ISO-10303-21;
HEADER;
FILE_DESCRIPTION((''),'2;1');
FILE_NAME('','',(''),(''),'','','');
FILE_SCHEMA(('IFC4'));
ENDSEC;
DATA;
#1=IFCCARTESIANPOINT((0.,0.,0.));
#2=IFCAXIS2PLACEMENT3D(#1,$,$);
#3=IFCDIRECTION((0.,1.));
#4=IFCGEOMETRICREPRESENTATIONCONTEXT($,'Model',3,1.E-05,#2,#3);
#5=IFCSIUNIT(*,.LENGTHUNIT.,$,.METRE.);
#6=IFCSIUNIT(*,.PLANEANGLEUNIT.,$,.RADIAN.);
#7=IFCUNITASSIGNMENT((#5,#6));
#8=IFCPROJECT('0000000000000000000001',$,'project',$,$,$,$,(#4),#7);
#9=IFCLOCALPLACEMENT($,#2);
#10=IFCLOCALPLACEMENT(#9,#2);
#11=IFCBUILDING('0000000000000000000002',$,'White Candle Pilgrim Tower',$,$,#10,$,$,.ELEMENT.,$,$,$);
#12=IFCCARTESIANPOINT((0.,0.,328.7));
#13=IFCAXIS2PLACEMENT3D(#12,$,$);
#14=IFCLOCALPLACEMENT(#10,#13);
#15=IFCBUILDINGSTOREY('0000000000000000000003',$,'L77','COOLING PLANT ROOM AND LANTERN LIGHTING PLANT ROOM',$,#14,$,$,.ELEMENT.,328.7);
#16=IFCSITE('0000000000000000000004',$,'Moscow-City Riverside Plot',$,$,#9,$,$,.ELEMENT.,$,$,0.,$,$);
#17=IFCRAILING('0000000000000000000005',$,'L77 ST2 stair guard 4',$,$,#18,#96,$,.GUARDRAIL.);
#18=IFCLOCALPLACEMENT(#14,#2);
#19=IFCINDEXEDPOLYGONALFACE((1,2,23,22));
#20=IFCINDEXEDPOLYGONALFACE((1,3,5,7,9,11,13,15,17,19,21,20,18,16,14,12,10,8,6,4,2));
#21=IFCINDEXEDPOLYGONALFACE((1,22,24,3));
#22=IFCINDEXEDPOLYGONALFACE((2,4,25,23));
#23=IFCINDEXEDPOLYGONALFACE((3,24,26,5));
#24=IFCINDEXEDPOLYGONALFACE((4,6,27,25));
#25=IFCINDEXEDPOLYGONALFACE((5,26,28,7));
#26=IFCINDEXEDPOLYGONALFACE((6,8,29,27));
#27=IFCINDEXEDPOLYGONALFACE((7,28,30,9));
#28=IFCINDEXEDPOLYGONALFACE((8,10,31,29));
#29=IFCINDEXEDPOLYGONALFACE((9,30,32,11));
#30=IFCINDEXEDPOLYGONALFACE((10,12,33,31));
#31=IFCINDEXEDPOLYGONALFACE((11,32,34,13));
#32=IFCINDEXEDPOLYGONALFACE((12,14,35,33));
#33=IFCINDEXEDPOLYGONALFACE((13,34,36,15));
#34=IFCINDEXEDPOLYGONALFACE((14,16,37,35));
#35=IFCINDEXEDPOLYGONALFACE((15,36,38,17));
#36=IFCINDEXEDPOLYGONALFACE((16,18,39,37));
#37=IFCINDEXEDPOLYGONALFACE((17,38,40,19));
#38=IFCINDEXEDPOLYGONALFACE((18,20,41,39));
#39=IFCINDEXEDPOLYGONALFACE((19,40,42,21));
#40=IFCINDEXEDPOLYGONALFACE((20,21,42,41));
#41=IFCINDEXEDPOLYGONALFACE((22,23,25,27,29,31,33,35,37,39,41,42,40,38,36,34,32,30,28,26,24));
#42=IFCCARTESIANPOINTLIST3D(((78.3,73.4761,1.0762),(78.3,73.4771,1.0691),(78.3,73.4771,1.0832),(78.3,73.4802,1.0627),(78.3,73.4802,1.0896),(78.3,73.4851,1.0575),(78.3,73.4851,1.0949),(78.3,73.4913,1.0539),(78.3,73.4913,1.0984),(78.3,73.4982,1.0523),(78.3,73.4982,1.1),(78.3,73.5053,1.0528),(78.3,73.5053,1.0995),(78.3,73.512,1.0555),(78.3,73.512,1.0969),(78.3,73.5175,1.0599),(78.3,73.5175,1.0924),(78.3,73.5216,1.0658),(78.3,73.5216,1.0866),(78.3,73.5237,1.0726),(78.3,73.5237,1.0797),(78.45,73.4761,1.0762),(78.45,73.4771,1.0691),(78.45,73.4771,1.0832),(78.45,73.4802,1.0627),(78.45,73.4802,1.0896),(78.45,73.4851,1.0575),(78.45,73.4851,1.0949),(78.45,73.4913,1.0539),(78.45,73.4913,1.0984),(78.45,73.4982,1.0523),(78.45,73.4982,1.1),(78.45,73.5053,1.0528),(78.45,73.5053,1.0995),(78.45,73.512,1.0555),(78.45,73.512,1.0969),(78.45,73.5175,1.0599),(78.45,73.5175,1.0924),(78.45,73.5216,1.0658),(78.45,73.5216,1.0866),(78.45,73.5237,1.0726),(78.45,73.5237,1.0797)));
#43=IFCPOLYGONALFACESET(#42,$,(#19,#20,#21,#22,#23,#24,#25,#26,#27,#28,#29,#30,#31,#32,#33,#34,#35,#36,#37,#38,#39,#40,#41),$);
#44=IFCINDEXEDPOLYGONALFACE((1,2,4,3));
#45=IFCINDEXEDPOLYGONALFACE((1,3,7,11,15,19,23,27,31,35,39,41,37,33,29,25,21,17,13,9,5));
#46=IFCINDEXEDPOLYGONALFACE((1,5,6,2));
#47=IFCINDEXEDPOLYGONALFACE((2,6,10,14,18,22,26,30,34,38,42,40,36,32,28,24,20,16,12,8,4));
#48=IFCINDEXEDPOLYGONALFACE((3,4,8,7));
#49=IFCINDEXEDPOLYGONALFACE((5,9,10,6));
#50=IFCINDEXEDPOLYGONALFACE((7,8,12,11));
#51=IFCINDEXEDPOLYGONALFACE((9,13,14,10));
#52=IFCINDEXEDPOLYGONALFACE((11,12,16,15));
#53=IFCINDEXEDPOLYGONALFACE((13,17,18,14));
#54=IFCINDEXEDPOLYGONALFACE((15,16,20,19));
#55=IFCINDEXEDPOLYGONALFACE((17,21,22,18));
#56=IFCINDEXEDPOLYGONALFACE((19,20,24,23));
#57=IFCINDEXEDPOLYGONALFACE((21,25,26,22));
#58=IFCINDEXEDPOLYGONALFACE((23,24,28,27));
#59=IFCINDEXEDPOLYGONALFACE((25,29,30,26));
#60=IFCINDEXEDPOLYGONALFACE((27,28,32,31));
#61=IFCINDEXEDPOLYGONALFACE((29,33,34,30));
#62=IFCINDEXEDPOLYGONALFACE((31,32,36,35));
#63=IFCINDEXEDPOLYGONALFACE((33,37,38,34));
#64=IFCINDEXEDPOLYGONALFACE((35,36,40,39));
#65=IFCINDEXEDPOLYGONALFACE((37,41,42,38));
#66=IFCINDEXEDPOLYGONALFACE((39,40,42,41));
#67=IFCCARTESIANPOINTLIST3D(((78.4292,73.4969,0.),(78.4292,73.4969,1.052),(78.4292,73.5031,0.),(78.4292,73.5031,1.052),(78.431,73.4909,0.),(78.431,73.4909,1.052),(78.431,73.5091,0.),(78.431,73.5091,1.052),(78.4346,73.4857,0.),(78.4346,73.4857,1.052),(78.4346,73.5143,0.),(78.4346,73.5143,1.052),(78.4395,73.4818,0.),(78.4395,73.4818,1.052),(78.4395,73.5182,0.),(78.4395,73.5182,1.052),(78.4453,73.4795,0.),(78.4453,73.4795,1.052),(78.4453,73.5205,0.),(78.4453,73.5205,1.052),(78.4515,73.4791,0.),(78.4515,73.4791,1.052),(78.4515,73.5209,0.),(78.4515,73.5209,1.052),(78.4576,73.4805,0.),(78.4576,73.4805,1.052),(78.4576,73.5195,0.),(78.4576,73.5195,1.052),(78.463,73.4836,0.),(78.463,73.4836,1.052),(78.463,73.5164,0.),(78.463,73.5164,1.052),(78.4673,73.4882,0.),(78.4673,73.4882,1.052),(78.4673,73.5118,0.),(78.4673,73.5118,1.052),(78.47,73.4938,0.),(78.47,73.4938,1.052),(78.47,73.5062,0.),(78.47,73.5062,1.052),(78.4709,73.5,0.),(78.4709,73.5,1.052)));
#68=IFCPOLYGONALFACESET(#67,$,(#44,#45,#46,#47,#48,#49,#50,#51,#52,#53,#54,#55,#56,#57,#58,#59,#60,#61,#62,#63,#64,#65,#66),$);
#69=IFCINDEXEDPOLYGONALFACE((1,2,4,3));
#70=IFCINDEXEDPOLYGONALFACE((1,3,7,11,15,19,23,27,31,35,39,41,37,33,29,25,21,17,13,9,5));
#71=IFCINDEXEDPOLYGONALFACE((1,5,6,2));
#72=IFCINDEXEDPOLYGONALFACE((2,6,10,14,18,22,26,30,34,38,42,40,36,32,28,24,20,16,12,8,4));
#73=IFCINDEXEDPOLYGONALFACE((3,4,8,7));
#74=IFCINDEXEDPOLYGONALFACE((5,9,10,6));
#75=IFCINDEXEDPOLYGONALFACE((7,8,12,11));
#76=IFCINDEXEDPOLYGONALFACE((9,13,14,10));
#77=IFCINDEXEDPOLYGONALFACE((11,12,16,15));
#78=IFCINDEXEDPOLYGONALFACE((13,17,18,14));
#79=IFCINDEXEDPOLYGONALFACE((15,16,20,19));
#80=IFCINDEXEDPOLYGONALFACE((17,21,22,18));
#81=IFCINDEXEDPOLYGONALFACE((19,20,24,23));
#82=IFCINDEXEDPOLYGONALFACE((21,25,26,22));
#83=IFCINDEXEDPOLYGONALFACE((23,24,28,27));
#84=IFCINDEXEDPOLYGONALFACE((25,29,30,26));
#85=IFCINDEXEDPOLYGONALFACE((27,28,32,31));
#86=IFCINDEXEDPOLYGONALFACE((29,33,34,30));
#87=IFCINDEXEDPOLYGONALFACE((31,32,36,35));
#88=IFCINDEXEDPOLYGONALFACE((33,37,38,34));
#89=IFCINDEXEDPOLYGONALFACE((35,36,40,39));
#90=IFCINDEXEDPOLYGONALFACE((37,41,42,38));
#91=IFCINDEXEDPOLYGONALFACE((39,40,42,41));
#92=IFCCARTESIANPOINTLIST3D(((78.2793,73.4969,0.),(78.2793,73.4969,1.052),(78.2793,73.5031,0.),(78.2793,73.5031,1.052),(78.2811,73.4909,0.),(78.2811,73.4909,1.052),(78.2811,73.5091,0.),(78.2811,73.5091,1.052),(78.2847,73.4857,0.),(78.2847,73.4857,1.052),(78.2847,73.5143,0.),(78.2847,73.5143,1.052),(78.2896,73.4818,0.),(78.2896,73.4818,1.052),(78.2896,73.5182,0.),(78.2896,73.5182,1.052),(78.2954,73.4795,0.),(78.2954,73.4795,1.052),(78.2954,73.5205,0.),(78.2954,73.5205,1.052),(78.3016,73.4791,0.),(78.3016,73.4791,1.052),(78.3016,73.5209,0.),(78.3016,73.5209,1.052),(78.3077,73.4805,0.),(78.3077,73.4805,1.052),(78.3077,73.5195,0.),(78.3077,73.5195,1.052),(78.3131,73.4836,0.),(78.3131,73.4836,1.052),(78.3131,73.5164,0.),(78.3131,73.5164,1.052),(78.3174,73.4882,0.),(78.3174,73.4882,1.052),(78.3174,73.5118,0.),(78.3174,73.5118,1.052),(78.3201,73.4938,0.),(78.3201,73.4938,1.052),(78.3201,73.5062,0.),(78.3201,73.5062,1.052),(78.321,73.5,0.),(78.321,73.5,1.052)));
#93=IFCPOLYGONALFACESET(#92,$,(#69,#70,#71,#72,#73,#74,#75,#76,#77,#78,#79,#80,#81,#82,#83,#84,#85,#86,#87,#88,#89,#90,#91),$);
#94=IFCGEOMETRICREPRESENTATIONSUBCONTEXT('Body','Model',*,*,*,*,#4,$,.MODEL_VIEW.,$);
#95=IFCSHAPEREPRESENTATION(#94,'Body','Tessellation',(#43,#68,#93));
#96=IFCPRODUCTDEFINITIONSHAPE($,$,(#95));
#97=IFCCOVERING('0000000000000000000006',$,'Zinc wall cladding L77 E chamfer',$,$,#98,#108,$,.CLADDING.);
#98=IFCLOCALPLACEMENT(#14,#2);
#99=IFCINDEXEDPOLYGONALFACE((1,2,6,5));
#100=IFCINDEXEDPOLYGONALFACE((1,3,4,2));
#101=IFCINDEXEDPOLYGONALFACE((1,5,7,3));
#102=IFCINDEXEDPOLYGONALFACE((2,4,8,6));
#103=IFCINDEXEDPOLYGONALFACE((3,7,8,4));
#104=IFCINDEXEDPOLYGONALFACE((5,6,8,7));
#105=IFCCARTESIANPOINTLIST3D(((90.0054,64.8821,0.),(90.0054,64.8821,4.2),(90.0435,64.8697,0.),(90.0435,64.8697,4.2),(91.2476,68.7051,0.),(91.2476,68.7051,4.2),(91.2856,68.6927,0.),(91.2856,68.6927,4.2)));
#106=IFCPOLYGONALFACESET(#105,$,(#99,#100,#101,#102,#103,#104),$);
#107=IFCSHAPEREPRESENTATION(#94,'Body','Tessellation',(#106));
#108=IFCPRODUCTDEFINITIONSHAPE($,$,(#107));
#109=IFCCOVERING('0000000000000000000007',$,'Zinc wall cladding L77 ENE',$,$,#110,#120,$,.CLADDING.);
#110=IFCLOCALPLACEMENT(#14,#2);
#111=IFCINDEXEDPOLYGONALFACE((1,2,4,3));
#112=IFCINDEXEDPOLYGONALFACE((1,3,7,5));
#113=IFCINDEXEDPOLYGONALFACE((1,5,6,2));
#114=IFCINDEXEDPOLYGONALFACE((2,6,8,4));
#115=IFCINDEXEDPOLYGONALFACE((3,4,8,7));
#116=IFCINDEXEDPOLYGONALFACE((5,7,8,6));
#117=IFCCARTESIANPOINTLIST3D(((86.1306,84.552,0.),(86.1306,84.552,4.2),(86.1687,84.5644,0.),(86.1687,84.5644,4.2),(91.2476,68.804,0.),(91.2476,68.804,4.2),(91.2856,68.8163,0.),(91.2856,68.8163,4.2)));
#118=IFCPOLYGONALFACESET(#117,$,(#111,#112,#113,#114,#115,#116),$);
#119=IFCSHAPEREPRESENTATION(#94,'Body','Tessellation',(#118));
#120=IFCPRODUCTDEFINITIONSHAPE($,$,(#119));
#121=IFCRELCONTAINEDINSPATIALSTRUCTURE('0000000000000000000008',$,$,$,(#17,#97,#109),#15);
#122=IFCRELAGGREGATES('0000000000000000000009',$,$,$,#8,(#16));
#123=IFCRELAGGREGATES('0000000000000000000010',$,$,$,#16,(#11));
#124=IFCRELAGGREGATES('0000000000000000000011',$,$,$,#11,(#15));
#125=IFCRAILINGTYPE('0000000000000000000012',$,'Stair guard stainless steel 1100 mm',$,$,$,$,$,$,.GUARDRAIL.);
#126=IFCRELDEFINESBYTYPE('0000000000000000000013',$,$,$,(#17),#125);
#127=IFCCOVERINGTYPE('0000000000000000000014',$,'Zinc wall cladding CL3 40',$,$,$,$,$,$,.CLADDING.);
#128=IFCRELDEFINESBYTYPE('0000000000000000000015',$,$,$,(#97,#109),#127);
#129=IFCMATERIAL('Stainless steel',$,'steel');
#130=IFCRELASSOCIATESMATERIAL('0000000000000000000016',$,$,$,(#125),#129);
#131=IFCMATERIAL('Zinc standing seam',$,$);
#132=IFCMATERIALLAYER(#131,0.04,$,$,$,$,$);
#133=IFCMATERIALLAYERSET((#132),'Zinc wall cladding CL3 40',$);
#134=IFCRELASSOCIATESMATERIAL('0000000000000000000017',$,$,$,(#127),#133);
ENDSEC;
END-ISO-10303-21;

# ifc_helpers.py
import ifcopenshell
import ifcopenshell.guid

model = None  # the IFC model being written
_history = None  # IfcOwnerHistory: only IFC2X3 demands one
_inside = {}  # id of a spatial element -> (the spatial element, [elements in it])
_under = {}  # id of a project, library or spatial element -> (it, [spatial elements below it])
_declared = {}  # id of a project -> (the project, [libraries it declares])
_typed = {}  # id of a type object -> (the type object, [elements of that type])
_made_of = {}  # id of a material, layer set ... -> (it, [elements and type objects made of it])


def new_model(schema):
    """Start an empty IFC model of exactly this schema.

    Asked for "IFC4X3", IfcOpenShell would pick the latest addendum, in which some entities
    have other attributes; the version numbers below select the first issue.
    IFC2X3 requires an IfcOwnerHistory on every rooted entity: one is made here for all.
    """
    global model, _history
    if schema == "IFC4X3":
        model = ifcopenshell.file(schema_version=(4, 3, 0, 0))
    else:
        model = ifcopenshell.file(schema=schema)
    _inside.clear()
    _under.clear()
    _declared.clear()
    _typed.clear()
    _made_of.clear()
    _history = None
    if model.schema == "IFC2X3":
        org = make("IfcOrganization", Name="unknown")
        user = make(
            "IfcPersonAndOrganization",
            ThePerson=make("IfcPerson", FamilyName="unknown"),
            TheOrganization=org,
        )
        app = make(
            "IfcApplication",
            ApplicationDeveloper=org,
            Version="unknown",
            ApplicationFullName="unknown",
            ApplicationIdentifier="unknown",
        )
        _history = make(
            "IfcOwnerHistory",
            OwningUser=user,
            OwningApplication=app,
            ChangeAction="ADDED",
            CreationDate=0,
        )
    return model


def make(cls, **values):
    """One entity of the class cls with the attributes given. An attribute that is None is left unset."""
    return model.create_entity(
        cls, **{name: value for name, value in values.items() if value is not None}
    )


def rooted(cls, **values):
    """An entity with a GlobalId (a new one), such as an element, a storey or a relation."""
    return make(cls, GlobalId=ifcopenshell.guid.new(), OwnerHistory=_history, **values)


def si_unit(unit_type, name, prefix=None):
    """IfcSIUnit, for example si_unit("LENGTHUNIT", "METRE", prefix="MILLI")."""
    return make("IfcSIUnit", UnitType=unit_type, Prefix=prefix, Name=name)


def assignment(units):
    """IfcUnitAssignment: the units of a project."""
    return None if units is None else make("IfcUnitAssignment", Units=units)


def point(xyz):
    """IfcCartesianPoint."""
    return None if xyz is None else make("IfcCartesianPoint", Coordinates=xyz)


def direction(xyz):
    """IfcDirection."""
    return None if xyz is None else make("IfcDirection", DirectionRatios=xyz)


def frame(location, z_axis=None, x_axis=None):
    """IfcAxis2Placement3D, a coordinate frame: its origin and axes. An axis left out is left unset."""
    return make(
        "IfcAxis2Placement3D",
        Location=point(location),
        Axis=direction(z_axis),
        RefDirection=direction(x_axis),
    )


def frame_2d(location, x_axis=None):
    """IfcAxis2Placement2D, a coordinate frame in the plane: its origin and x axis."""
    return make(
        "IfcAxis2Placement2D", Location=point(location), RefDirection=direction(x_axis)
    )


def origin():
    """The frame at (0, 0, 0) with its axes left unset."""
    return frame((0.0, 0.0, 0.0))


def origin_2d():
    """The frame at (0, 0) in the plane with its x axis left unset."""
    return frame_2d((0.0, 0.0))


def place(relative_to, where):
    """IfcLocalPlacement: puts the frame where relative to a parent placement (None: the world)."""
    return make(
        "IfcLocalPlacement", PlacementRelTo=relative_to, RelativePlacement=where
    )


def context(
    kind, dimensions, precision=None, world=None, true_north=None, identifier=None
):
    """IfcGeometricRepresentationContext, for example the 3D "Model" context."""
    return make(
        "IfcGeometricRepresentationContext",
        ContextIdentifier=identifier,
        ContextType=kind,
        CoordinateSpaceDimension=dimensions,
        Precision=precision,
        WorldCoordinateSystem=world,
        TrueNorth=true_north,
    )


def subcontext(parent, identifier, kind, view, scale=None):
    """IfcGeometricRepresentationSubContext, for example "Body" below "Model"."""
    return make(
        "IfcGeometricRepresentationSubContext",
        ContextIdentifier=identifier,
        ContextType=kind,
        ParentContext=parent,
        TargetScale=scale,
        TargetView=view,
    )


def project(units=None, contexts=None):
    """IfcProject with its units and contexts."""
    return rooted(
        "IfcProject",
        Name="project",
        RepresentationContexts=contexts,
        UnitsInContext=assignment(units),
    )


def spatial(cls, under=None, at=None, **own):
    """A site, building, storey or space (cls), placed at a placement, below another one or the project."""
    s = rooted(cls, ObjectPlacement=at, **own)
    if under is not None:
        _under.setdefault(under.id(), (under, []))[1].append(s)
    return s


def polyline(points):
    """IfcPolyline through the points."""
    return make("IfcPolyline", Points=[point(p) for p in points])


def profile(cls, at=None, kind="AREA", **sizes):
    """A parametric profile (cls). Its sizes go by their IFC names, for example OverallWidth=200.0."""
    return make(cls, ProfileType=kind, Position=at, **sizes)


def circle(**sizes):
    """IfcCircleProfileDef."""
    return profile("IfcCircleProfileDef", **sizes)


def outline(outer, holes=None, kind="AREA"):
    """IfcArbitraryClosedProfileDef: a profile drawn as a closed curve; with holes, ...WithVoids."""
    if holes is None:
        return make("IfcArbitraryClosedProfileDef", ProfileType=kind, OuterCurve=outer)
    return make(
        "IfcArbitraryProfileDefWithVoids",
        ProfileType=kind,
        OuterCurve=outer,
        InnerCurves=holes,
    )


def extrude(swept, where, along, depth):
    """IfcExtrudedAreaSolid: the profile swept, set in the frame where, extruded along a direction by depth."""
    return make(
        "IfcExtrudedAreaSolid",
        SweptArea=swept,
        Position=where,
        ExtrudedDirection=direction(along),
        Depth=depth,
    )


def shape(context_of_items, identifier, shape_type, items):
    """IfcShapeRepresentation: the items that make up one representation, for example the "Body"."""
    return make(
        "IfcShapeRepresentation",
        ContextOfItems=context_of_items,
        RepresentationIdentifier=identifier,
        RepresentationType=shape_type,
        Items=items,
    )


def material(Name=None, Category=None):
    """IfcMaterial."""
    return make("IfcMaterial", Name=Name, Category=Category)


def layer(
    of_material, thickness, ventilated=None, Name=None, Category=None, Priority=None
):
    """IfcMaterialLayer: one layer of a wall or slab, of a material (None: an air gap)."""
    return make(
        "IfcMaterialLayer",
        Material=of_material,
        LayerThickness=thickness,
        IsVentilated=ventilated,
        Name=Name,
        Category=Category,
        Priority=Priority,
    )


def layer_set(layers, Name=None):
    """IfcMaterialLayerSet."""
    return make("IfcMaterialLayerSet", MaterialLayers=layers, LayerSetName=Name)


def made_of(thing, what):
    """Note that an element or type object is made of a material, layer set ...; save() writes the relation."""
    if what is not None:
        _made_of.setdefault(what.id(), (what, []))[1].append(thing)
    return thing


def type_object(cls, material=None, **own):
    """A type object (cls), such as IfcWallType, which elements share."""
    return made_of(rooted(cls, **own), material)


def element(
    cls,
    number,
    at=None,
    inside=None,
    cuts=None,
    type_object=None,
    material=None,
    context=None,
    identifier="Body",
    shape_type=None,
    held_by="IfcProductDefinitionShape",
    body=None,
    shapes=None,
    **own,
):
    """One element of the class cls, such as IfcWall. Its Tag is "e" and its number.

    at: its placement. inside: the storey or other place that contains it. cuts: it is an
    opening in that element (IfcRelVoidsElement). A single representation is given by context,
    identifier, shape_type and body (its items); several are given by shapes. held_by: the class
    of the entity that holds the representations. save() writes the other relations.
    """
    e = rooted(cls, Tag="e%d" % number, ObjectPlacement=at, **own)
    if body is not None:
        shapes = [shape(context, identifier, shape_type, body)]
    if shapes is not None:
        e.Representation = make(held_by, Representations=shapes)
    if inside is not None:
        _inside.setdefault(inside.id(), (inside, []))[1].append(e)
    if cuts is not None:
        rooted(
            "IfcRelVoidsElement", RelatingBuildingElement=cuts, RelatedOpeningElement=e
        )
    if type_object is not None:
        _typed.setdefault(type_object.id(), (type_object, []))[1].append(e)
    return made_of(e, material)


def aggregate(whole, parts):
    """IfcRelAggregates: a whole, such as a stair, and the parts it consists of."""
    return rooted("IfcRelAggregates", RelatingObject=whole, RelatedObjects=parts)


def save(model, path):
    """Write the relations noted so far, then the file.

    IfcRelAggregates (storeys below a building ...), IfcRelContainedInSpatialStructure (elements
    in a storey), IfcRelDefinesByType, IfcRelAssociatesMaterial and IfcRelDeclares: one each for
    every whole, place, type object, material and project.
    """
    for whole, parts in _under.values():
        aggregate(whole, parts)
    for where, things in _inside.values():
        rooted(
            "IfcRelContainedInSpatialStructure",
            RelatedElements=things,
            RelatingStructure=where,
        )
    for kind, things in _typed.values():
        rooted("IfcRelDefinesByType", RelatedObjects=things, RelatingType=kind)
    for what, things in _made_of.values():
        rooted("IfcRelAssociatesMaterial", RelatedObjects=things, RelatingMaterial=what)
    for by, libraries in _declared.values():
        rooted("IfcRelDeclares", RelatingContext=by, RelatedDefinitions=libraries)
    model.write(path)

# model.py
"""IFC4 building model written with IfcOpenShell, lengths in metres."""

from ifc_helpers import new_model, si_unit, direction, frame, origin, origin_2d, place, context, subcontext, project, spatial, polyline, circle, outline, extrude, material, layer, layer_set, type_object, element, save


model = new_model("IFC4")

# Units and contexts
model_context = context("Model", 3, precision=1e-05, world=origin(), true_north=direction((0.0, 1.0)))
body_context = subcontext(model_context, "Body", "Model", "MODEL_VIEW")
ifc_project = project(units=[si_unit("LENGTHUNIT", "METRE"), si_unit("PLANEANGLEUNIT", "RADIAN")], contexts=[model_context])

# Site, building, storey
site_placement = place(None, origin())
site = spatial("IfcSite", under=ifc_project, at=site_placement, Name="Moscow-City Riverside Plot", CompositionType="ELEMENT", RefElevation=0.0)
building_placement = place(site_placement, origin())
building = spatial("IfcBuilding", under=site, at=building_placement, Name="White Candle Pilgrim Tower", CompositionType="ELEMENT")
storey_placement = place(building_placement, frame((0.0, 0.0, 328.7)))
storey = spatial("IfcBuildingStorey", under=building, at=storey_placement, Name="L77", Description="COOLING PLANT ROOM AND LANTERN LIGHTING PLANT ROOM", CompositionType="ELEMENT", Elevation=328.7)

# Railing
ifc_material_1 = material(Name="Stainless steel", Category="steel")
railing_type = type_object("IfcRailingType", Name="Stair guard stainless steel 1100 mm", PredefinedType="GUARDRAIL", material=ifc_material_1)
railing_placement = place(storey_placement, frame((78.45, 73.5, 0.0)))
element("IfcRailing", 1, at=railing_placement, inside=storey, type_object=railing_type, Name="L77 ST2 stair guard 4", PredefinedType="GUARDRAIL", context=body_context, shape_type="SweptSolid", body=[
    extrude(circle(Radius=0.0239, at=origin_2d()), frame((0.0, 0.0, 1.0762), z_axis=(-1.0, 0.0, 0.0), x_axis=(0.0, -1.0, 0.0)), (0.0, 0.0, 1.0), 0.1499),
    extrude(circle(Radius=0.021, at=origin_2d()), origin(), (0.0, 0.0, 1.0), 1.052),
    extrude(circle(Radius=0.021, at=origin_2d()), frame((-0.1499, 0.0, 0.0)), (0.0, 0.0, 1.0), 1.052),
])

# Coverings
ifc_material_2 = material(Name="Zinc standing seam")
ifc_layer_1 = layer(ifc_material_2, 0.04)
ifc_layer_set_1 = layer_set([ifc_layer_1], Name="Zinc wall cladding CL3 40")
covering_type = type_object("IfcCoveringType", Name="Zinc wall cladding CL3 40", PredefinedType="CLADDING", material=ifc_layer_set_1)
covering_1_placement = place(storey_placement, frame((90.0054, 64.8821, 4.2), z_axis=(-0.951055, 0.309022, 0.0), x_axis=(0.309022, 0.951055, 0.0)))
element("IfcCovering", 2, at=covering_1_placement, inside=storey, type_object=covering_type, Name="Zinc wall cladding L77 E chamfer", PredefinedType="CLADDING", context=body_context, shape_type="SweptSolid", body=[
    extrude(outline(polyline([(0.0, 0.0), (4.0197, 0.0), (4.0197, 4.2), (0.0, 4.2), (0.0, 0.0)])), origin(), (0.0, 0.0, -1.0), 0.04),
])
covering_2_placement = place(storey_placement, frame((91.2476, 68.804, 4.2), z_axis=(-0.951055, -0.309022, 0.0), x_axis=(-0.309022, 0.951055, 0.0)))
element("IfcCovering", 3, at=covering_2_placement, inside=storey, type_object=covering_type, Name="Zinc wall cladding L77 ENE", PredefinedType="CLADDING", context=body_context, shape_type="SweptSolid", body=[
    extrude(outline(polyline([(0.0, 0.0), (16.5585, 0.0), (16.5585, 4.2), (0.0, 4.2), (0.0, 0.0)])), origin(), (0.0, 0.0, -1.0), 0.04),
])

save(model, "model.ifc")
